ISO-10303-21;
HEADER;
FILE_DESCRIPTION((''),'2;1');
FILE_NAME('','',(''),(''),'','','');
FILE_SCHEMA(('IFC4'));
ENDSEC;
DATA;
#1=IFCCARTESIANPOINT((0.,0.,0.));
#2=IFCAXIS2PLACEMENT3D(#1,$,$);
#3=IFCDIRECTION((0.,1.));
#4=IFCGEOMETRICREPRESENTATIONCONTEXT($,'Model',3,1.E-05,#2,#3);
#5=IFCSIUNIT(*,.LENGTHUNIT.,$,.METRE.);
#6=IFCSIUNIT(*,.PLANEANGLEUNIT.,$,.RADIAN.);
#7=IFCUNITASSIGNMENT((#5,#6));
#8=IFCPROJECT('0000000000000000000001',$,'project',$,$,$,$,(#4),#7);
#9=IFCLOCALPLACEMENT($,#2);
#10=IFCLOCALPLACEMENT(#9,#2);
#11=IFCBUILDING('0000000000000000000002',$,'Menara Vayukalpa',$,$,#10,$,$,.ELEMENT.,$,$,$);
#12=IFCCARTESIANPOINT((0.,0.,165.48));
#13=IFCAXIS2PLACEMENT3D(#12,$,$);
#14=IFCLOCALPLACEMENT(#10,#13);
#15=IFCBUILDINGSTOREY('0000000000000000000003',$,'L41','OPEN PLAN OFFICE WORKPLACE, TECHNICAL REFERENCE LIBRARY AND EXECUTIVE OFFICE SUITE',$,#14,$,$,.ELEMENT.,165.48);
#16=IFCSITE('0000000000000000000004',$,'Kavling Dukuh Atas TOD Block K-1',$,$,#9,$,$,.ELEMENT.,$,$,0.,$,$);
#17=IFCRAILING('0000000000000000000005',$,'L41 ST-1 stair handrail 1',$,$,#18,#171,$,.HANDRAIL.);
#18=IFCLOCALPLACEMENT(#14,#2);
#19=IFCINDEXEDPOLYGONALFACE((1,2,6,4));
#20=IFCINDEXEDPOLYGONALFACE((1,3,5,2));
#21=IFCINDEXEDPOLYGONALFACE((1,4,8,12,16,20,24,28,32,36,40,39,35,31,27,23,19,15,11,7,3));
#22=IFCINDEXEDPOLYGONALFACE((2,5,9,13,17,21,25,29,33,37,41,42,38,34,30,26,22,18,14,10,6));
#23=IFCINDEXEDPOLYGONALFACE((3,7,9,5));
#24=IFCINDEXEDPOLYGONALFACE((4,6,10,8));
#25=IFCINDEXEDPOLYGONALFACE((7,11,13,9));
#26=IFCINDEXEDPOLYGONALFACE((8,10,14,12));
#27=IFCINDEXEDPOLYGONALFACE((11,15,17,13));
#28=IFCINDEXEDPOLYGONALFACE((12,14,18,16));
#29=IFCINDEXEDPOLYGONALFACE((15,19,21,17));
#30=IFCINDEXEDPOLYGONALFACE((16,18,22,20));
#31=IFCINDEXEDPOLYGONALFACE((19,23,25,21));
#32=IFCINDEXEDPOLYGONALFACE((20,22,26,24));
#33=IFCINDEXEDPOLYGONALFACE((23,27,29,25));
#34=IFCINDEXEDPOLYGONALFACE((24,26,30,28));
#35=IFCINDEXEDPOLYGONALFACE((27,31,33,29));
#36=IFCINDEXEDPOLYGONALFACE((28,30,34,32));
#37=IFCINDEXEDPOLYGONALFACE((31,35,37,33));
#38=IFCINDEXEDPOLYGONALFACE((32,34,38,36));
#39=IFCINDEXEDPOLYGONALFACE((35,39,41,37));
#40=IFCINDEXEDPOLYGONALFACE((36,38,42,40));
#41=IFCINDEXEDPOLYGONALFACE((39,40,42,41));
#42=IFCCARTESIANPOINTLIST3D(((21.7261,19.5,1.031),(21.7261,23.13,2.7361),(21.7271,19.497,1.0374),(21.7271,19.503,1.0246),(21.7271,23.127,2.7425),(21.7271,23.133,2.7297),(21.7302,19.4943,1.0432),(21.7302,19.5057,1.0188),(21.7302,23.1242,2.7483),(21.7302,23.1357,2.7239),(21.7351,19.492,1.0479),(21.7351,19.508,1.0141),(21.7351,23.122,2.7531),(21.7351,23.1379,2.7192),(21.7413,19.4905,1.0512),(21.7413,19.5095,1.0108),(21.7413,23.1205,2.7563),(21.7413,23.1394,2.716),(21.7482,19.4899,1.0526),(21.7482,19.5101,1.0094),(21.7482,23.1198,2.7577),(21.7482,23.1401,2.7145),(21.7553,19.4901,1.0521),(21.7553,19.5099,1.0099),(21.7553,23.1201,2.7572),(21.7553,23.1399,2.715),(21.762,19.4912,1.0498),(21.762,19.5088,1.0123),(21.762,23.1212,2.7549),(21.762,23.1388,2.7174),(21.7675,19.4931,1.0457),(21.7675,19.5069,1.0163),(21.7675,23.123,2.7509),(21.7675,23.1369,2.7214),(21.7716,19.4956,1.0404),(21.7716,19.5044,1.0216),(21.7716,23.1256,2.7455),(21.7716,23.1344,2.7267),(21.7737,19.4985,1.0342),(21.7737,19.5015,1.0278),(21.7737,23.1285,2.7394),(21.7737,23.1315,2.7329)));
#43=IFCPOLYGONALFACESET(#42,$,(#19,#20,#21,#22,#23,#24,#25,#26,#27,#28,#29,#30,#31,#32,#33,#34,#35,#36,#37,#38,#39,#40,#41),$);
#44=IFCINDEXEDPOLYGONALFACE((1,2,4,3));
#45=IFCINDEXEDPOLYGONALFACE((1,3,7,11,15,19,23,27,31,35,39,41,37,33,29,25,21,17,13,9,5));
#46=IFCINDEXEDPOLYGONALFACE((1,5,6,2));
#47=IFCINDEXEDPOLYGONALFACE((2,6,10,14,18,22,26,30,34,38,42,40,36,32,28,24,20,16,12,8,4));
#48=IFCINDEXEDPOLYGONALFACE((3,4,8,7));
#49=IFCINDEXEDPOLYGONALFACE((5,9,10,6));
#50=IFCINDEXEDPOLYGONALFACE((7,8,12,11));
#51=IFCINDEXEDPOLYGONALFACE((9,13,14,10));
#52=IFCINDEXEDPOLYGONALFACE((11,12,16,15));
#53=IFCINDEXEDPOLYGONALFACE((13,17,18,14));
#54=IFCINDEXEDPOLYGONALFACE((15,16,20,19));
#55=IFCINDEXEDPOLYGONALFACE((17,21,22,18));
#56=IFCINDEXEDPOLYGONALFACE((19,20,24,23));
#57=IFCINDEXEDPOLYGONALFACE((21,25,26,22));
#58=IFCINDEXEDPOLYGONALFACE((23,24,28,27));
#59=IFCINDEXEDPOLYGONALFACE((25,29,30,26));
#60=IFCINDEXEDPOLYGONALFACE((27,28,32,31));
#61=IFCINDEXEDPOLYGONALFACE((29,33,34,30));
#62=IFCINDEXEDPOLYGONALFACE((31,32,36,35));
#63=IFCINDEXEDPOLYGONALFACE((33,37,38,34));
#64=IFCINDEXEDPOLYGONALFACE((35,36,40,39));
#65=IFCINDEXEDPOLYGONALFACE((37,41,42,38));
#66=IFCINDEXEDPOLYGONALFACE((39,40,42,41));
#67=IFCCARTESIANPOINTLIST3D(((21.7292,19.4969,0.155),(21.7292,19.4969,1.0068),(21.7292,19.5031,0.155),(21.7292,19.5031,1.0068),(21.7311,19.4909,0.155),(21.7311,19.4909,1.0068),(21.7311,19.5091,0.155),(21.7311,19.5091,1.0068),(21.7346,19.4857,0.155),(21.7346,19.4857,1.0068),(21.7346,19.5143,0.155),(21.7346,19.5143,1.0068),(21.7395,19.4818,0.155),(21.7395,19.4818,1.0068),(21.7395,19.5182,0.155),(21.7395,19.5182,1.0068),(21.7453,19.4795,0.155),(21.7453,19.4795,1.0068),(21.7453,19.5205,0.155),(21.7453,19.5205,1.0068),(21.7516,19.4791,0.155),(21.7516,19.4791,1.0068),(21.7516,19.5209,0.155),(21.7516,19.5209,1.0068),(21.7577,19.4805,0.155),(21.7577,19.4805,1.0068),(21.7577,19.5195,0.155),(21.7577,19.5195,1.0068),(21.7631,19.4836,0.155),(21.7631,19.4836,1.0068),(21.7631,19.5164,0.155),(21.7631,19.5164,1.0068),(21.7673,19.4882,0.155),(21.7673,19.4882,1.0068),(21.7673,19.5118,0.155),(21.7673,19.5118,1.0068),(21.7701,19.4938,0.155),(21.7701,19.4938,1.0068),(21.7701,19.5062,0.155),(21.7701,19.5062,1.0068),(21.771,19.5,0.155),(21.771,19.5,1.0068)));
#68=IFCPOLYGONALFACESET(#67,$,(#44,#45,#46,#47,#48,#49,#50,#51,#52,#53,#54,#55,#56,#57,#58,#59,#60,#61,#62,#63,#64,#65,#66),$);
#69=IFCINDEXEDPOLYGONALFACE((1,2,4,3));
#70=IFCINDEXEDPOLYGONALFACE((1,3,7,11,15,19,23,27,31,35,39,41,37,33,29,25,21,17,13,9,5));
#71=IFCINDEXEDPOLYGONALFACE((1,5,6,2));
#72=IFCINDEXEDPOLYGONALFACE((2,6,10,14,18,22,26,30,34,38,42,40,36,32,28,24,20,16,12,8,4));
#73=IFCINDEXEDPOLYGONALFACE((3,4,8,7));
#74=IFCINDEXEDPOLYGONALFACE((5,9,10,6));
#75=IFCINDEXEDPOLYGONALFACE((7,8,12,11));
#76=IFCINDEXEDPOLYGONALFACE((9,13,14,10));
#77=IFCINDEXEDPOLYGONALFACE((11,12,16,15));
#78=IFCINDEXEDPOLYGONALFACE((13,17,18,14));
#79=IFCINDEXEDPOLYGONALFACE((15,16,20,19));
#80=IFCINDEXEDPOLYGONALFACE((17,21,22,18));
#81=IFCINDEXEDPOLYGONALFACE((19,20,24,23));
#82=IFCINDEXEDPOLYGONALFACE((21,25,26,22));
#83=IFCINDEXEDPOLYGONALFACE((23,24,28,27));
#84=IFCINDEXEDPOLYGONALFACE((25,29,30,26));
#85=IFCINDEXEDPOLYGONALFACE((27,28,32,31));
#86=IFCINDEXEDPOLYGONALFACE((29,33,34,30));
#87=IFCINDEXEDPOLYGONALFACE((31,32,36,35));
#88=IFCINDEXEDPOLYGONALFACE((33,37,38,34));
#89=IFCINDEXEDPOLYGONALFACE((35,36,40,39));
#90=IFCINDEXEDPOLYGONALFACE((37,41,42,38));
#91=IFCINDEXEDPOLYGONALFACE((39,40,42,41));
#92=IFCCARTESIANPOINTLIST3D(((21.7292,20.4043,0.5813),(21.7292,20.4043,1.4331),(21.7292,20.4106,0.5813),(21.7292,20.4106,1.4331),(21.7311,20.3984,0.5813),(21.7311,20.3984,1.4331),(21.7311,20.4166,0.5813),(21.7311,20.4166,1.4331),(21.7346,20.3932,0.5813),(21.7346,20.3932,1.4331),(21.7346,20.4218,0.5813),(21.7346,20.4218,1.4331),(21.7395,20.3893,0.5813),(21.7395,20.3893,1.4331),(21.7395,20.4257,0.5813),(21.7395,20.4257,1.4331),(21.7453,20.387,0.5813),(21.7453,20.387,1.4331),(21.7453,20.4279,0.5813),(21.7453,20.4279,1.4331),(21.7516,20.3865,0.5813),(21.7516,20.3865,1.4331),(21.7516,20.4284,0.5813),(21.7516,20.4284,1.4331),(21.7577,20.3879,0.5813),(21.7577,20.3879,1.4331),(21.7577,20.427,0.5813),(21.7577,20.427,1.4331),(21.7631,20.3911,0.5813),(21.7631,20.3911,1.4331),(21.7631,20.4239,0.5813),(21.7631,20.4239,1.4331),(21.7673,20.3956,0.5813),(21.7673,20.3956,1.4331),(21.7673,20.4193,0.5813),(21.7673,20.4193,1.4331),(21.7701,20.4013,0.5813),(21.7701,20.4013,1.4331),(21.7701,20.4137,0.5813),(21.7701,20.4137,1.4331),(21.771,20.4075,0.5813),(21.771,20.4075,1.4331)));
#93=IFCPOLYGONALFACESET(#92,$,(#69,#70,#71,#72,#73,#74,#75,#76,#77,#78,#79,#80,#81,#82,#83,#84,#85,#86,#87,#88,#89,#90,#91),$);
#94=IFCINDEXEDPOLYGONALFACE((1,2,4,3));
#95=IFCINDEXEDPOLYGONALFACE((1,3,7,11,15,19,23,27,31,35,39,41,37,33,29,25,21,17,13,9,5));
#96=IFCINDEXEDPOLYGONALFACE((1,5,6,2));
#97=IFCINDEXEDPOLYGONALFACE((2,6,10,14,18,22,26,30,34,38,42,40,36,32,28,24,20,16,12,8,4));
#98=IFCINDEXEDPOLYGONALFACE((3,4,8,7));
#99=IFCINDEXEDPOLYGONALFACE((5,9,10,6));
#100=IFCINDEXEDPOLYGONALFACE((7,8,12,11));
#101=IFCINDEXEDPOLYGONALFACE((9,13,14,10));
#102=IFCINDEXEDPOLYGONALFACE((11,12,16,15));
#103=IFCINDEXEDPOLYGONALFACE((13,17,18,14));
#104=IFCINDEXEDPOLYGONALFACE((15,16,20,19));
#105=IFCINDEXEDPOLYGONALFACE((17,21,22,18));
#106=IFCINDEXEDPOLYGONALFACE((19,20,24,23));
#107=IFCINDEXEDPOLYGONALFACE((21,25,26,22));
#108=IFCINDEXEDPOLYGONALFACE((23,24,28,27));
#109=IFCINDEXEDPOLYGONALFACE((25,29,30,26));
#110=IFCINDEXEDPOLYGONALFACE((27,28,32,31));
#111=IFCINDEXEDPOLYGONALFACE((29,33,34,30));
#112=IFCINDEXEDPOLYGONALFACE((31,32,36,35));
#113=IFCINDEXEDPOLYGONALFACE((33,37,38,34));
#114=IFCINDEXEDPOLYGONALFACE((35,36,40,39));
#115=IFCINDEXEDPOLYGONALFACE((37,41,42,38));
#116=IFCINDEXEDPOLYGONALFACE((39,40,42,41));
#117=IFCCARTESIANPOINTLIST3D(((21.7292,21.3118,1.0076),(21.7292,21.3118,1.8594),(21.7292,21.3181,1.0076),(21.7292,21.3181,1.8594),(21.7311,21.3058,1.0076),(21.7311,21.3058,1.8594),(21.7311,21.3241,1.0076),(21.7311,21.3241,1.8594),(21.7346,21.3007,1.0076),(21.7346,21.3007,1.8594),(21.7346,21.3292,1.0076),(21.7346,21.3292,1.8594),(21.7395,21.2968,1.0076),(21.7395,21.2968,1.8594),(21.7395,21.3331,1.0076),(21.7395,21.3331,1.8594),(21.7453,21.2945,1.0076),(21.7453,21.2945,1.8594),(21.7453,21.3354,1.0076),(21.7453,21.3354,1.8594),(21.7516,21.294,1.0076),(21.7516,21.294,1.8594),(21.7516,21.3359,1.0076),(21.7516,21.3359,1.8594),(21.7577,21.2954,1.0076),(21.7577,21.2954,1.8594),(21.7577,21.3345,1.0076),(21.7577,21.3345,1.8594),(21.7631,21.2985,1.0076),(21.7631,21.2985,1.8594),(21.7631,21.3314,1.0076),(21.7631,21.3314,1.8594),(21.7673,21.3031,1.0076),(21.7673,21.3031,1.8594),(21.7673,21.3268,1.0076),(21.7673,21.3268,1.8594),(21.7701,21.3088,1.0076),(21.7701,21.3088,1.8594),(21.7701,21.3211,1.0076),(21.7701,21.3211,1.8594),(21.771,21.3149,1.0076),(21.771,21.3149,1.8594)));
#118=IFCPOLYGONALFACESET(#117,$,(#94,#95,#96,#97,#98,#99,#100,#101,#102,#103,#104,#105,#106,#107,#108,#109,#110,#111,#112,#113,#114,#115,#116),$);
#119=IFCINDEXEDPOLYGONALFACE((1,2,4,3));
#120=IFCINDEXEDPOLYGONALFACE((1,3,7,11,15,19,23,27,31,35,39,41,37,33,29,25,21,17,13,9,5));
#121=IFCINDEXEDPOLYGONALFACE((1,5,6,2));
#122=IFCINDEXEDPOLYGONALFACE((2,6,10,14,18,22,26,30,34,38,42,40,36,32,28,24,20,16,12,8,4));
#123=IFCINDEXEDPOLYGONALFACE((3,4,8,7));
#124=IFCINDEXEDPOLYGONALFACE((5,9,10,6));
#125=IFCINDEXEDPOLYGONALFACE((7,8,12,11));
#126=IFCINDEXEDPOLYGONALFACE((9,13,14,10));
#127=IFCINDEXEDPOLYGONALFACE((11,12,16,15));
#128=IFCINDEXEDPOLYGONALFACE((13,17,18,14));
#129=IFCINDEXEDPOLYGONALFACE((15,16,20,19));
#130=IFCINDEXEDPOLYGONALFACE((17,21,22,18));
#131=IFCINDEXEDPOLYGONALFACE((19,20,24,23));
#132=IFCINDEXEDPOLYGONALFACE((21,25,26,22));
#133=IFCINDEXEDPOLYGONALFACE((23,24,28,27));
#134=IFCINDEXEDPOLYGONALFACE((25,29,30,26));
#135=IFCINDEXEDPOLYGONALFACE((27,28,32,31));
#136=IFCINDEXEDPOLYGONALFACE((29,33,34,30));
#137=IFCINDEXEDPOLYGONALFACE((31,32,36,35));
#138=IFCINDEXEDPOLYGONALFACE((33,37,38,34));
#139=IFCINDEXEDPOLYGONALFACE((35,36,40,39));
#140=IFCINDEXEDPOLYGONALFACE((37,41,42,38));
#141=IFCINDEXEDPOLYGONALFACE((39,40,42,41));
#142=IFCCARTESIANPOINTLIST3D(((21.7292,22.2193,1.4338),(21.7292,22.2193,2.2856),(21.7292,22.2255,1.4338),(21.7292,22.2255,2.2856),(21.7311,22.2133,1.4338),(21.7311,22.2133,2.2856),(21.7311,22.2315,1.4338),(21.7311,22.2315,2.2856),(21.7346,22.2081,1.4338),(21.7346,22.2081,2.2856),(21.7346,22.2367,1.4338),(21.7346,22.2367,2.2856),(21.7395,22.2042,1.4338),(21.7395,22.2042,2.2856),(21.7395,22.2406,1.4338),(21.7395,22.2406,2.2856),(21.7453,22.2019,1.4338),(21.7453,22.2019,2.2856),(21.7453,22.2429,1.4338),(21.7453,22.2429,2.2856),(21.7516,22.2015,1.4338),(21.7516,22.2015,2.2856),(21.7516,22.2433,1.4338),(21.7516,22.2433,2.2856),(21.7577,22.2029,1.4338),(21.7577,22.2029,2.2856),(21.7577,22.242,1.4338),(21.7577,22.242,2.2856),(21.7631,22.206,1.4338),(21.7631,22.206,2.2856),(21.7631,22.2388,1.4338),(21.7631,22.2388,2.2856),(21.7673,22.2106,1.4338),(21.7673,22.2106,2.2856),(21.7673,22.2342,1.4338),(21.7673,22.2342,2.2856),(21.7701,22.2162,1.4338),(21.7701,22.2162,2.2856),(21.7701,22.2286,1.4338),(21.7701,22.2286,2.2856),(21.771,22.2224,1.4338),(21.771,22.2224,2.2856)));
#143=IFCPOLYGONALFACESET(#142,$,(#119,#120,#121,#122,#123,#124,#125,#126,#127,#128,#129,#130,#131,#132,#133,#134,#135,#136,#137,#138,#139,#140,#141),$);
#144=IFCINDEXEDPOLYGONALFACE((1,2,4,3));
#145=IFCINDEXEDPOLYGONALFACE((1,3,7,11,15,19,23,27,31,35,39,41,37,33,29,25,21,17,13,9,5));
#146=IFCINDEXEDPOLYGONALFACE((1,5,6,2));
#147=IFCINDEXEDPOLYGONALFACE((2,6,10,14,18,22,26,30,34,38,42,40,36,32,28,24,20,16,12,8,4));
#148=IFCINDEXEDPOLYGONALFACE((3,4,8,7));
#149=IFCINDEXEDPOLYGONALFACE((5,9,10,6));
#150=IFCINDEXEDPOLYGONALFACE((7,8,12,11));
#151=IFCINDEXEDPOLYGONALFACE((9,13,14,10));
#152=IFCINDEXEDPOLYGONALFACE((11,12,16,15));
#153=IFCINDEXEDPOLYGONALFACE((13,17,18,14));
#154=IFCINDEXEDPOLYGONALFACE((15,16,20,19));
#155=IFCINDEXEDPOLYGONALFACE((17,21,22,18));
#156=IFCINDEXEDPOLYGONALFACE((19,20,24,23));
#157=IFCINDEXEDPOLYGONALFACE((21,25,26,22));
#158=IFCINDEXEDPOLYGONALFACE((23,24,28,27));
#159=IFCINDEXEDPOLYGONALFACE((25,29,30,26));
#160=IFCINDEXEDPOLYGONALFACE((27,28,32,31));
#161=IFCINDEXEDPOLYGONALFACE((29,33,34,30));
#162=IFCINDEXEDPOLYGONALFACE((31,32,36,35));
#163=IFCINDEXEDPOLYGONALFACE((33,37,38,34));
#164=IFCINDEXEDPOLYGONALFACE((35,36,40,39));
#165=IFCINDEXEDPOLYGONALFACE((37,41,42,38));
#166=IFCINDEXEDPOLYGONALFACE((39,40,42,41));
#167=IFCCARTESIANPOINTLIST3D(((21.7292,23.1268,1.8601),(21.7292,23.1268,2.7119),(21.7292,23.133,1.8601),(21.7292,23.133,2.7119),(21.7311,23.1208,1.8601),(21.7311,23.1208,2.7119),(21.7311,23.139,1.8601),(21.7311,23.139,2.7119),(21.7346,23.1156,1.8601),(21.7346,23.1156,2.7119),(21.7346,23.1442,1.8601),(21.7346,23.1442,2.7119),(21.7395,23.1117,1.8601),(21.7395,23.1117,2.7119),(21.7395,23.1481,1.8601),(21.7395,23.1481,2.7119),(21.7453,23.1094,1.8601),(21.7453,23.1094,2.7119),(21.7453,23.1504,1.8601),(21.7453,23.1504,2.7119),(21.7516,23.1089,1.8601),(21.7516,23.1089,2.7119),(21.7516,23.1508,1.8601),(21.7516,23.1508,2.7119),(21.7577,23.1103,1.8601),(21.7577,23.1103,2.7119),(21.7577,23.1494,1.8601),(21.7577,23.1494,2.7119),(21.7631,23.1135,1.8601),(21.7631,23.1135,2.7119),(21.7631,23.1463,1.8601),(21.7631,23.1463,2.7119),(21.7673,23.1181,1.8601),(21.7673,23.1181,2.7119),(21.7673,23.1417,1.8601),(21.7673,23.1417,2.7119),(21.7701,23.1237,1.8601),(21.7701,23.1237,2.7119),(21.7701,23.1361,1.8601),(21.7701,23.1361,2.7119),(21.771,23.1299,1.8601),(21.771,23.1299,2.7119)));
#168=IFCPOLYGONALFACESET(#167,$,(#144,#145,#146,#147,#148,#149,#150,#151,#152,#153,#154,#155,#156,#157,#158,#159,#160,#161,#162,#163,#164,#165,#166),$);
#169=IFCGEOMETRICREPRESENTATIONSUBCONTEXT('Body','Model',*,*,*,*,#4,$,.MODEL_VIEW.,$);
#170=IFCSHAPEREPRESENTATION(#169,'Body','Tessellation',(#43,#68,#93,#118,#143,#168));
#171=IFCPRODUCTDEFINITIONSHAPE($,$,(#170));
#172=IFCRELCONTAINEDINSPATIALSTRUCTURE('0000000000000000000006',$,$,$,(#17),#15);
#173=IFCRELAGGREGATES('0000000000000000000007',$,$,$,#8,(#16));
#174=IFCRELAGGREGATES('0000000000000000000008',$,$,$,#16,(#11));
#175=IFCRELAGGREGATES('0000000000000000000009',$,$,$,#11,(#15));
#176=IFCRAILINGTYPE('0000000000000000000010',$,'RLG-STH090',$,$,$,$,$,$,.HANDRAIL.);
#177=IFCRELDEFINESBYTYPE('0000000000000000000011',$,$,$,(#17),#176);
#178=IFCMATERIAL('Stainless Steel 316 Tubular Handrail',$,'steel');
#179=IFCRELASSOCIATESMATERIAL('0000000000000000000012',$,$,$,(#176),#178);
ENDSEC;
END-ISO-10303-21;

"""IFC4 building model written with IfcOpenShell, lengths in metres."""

from ifc_helpers import new_model, si_unit, direction, frame, origin, origin_2d, place, context, subcontext, project, spatial, circle, extrude, material, type_object, element, save


model = new_model("IFC4")

# Units and contexts
model_context = context("Model", 3, precision=1e-05, world=origin(), true_north=direction((0.0, 1.0)))
body_context = subcontext(model_context, "Body", "Model", "MODEL_VIEW")
ifc_project = project(units=[si_unit("LENGTHUNIT", "METRE"), si_unit("PLANEANGLEUNIT", "RADIAN")], contexts=[model_context])

# Site, building, storey
site_placement = place(None, origin())
site = spatial("IfcSite", under=ifc_project, at=site_placement, Name="Kavling Dukuh Atas TOD Block K-1", CompositionType="ELEMENT", RefElevation=0.0)
building_placement = place(site_placement, origin())
building = spatial("IfcBuilding", under=site, at=building_placement, Name="Menara Vayukalpa", CompositionType="ELEMENT")
storey_placement = place(building_placement, frame((0.0, 0.0, 165.48)))
storey = spatial("IfcBuildingStorey", under=building, at=storey_placement, Name="L41", Description="OPEN PLAN OFFICE WORKPLACE, TECHNICAL REFERENCE LIBRARY AND EXECUTIVE OFFICE SUITE", CompositionType="ELEMENT", Elevation=165.48)

# Railing
ifc_material_1 = material(Name="Stainless Steel 316 Tubular Handrail", Category="steel")
railing_type_1 = type_object("IfcRailingType", Name="RLG-STH090", PredefinedType="HANDRAIL", material=ifc_material_1)
railing_1_placement = place(storey_placement, frame((21.75, 19.5, 0.155)))
element("IfcRailing", 1, at=railing_1_placement, inside=storey, type_object=railing_type_1, Name="L41 ST-1 stair handrail 1", PredefinedType="HANDRAIL", context=body_context, shape_type="SweptSolid", body=[
    extrude(circle(Radius=0.0239, at=origin_2d()), frame((0.0, 0.0, 0.876), z_axis=(0.0, 0.905116, 0.425164), x_axis=(-1.0, 0.0, 0.0)), (0.0, 0.0, 1.0), 4.0105),
    extrude(circle(Radius=0.021, at=origin_2d()), origin(), (0.0, 0.0, 1.0), 0.8518),
    extrude(circle(Radius=0.021, at=origin_2d()), frame((0.0, 0.9075, 0.4263)), (0.0, 0.0, 1.0), 0.8518),
    extrude(circle(Radius=0.021, at=origin_2d()), frame((0.0, 1.8149, 0.8525)), (0.0, 0.0, 1.0), 0.8518),
    extrude(circle(Radius=0.021, at=origin_2d()), frame((0.0, 2.7224, 1.2788)), (0.0, 0.0, 1.0), 0.8518),
    extrude(circle(Radius=0.021, at=origin_2d()), frame((0.0, 3.6299, 1.7051)), (0.0, 0.0, 1.0), 0.8518),
])

save(model, "model.ifc")
